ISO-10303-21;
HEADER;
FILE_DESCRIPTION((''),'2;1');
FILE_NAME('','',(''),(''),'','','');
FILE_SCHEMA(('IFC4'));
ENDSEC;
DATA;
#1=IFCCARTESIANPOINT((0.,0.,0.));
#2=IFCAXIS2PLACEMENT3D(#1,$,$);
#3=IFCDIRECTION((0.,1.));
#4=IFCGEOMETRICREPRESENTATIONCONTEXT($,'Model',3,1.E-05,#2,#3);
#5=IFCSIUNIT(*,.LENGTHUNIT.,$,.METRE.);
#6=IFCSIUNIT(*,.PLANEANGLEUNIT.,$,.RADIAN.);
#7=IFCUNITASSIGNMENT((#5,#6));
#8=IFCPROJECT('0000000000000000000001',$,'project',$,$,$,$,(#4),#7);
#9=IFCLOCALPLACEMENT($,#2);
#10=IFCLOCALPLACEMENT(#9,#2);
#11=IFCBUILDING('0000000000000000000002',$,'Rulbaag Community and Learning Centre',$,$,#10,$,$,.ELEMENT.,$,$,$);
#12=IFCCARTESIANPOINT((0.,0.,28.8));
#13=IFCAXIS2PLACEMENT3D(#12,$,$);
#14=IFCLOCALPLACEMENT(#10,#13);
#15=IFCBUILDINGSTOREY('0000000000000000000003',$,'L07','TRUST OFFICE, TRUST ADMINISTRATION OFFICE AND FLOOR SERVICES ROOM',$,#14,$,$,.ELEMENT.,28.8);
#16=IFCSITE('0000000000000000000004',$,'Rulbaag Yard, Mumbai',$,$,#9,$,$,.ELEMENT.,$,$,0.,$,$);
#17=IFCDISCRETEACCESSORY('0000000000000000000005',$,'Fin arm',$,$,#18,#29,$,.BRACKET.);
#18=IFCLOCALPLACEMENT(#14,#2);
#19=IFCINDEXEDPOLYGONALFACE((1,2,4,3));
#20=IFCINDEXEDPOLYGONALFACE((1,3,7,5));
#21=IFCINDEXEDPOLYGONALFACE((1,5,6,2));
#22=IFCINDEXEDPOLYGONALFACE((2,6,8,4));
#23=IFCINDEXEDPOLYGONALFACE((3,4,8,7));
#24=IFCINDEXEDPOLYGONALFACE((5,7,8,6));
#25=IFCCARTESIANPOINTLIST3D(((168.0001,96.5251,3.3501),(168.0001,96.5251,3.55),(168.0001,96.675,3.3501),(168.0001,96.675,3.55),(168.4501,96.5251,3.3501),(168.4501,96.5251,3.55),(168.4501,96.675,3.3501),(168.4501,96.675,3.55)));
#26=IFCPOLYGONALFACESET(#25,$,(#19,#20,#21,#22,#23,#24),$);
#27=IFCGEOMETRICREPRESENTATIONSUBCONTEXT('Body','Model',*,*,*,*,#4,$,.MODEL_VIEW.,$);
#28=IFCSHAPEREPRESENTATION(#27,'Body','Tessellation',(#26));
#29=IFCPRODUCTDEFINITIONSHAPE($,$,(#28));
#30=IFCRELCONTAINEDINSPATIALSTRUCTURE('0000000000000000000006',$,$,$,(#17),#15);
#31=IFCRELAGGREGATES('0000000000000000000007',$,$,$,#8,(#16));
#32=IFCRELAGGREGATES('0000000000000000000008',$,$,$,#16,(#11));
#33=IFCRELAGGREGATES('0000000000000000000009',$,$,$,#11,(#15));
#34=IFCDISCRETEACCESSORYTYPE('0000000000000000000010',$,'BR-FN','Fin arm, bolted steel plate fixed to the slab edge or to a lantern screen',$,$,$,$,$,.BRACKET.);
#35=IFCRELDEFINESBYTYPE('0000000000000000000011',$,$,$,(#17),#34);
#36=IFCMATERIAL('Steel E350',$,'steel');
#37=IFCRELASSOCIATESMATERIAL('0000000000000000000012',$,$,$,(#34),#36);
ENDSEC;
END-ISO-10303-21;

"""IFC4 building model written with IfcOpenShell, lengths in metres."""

from ifc_helpers import new_model, si_unit, direction, frame, origin, origin_2d, place, context, subcontext, project, spatial, rectangle, extrude, material, type_object, element, save


model = new_model("IFC4")

# Units and contexts
model_context = context("Model", 3, precision=1e-05, world=origin(), true_north=direction((0.0, 1.0)))
body_context = subcontext(model_context, "Body", "Model", "MODEL_VIEW")
ifc_project = project(units=[si_unit("LENGTHUNIT", "METRE"), si_unit("PLANEANGLEUNIT", "RADIAN")], contexts=[model_context])

# Site, building, storey
site_placement = place(None, origin())
site = spatial("IfcSite", under=ifc_project, at=site_placement, Name="Rulbaag Yard, Mumbai", CompositionType="ELEMENT", RefElevation=0.0)
building_placement = place(site_placement, origin())
building = spatial("IfcBuilding", under=site, at=building_placement, Name="Rulbaag Community and Learning Centre", CompositionType="ELEMENT")
storey_placement = place(building_placement, frame((0.0, 0.0, 28.8)))
storey = spatial("IfcBuildingStorey", under=building, at=storey_placement, Name="L07", Description="TRUST OFFICE, TRUST ADMINISTRATION OFFICE AND FLOOR SERVICES ROOM", CompositionType="ELEMENT", Elevation=28.8)

# Discrete accessory
ifc_material_1 = material(Name="Steel E350", Category="steel")
discrete_accessory_type = type_object("IfcDiscreteAccessoryType", Name="BR-FN", Description="Fin arm, bolted steel plate fixed to the slab edge or to a lantern screen", PredefinedType="BRACKET", material=ifc_material_1)
for number, where, z_axis, x_axis, name in (
    (1, (168.2251, 96.6001, 3.3501), (0.0, 0.0, 1.0), (1.0, 0.0, 0.0), "Fin arm"),
):
    element("IfcDiscreteAccessory", number, at=place(storey_placement, frame(where, z_axis=z_axis, x_axis=x_axis)), inside=storey, type_object=discrete_accessory_type, Name=name, PredefinedType="BRACKET", context=body_context, shape_type="SweptSolid", body=[
        extrude(rectangle(XDim=0.45, YDim=0.1499, at=origin_2d()), origin(), (0.0, 0.0, 1.0), 0.2),
    ])

save(model, "model.ifc")
